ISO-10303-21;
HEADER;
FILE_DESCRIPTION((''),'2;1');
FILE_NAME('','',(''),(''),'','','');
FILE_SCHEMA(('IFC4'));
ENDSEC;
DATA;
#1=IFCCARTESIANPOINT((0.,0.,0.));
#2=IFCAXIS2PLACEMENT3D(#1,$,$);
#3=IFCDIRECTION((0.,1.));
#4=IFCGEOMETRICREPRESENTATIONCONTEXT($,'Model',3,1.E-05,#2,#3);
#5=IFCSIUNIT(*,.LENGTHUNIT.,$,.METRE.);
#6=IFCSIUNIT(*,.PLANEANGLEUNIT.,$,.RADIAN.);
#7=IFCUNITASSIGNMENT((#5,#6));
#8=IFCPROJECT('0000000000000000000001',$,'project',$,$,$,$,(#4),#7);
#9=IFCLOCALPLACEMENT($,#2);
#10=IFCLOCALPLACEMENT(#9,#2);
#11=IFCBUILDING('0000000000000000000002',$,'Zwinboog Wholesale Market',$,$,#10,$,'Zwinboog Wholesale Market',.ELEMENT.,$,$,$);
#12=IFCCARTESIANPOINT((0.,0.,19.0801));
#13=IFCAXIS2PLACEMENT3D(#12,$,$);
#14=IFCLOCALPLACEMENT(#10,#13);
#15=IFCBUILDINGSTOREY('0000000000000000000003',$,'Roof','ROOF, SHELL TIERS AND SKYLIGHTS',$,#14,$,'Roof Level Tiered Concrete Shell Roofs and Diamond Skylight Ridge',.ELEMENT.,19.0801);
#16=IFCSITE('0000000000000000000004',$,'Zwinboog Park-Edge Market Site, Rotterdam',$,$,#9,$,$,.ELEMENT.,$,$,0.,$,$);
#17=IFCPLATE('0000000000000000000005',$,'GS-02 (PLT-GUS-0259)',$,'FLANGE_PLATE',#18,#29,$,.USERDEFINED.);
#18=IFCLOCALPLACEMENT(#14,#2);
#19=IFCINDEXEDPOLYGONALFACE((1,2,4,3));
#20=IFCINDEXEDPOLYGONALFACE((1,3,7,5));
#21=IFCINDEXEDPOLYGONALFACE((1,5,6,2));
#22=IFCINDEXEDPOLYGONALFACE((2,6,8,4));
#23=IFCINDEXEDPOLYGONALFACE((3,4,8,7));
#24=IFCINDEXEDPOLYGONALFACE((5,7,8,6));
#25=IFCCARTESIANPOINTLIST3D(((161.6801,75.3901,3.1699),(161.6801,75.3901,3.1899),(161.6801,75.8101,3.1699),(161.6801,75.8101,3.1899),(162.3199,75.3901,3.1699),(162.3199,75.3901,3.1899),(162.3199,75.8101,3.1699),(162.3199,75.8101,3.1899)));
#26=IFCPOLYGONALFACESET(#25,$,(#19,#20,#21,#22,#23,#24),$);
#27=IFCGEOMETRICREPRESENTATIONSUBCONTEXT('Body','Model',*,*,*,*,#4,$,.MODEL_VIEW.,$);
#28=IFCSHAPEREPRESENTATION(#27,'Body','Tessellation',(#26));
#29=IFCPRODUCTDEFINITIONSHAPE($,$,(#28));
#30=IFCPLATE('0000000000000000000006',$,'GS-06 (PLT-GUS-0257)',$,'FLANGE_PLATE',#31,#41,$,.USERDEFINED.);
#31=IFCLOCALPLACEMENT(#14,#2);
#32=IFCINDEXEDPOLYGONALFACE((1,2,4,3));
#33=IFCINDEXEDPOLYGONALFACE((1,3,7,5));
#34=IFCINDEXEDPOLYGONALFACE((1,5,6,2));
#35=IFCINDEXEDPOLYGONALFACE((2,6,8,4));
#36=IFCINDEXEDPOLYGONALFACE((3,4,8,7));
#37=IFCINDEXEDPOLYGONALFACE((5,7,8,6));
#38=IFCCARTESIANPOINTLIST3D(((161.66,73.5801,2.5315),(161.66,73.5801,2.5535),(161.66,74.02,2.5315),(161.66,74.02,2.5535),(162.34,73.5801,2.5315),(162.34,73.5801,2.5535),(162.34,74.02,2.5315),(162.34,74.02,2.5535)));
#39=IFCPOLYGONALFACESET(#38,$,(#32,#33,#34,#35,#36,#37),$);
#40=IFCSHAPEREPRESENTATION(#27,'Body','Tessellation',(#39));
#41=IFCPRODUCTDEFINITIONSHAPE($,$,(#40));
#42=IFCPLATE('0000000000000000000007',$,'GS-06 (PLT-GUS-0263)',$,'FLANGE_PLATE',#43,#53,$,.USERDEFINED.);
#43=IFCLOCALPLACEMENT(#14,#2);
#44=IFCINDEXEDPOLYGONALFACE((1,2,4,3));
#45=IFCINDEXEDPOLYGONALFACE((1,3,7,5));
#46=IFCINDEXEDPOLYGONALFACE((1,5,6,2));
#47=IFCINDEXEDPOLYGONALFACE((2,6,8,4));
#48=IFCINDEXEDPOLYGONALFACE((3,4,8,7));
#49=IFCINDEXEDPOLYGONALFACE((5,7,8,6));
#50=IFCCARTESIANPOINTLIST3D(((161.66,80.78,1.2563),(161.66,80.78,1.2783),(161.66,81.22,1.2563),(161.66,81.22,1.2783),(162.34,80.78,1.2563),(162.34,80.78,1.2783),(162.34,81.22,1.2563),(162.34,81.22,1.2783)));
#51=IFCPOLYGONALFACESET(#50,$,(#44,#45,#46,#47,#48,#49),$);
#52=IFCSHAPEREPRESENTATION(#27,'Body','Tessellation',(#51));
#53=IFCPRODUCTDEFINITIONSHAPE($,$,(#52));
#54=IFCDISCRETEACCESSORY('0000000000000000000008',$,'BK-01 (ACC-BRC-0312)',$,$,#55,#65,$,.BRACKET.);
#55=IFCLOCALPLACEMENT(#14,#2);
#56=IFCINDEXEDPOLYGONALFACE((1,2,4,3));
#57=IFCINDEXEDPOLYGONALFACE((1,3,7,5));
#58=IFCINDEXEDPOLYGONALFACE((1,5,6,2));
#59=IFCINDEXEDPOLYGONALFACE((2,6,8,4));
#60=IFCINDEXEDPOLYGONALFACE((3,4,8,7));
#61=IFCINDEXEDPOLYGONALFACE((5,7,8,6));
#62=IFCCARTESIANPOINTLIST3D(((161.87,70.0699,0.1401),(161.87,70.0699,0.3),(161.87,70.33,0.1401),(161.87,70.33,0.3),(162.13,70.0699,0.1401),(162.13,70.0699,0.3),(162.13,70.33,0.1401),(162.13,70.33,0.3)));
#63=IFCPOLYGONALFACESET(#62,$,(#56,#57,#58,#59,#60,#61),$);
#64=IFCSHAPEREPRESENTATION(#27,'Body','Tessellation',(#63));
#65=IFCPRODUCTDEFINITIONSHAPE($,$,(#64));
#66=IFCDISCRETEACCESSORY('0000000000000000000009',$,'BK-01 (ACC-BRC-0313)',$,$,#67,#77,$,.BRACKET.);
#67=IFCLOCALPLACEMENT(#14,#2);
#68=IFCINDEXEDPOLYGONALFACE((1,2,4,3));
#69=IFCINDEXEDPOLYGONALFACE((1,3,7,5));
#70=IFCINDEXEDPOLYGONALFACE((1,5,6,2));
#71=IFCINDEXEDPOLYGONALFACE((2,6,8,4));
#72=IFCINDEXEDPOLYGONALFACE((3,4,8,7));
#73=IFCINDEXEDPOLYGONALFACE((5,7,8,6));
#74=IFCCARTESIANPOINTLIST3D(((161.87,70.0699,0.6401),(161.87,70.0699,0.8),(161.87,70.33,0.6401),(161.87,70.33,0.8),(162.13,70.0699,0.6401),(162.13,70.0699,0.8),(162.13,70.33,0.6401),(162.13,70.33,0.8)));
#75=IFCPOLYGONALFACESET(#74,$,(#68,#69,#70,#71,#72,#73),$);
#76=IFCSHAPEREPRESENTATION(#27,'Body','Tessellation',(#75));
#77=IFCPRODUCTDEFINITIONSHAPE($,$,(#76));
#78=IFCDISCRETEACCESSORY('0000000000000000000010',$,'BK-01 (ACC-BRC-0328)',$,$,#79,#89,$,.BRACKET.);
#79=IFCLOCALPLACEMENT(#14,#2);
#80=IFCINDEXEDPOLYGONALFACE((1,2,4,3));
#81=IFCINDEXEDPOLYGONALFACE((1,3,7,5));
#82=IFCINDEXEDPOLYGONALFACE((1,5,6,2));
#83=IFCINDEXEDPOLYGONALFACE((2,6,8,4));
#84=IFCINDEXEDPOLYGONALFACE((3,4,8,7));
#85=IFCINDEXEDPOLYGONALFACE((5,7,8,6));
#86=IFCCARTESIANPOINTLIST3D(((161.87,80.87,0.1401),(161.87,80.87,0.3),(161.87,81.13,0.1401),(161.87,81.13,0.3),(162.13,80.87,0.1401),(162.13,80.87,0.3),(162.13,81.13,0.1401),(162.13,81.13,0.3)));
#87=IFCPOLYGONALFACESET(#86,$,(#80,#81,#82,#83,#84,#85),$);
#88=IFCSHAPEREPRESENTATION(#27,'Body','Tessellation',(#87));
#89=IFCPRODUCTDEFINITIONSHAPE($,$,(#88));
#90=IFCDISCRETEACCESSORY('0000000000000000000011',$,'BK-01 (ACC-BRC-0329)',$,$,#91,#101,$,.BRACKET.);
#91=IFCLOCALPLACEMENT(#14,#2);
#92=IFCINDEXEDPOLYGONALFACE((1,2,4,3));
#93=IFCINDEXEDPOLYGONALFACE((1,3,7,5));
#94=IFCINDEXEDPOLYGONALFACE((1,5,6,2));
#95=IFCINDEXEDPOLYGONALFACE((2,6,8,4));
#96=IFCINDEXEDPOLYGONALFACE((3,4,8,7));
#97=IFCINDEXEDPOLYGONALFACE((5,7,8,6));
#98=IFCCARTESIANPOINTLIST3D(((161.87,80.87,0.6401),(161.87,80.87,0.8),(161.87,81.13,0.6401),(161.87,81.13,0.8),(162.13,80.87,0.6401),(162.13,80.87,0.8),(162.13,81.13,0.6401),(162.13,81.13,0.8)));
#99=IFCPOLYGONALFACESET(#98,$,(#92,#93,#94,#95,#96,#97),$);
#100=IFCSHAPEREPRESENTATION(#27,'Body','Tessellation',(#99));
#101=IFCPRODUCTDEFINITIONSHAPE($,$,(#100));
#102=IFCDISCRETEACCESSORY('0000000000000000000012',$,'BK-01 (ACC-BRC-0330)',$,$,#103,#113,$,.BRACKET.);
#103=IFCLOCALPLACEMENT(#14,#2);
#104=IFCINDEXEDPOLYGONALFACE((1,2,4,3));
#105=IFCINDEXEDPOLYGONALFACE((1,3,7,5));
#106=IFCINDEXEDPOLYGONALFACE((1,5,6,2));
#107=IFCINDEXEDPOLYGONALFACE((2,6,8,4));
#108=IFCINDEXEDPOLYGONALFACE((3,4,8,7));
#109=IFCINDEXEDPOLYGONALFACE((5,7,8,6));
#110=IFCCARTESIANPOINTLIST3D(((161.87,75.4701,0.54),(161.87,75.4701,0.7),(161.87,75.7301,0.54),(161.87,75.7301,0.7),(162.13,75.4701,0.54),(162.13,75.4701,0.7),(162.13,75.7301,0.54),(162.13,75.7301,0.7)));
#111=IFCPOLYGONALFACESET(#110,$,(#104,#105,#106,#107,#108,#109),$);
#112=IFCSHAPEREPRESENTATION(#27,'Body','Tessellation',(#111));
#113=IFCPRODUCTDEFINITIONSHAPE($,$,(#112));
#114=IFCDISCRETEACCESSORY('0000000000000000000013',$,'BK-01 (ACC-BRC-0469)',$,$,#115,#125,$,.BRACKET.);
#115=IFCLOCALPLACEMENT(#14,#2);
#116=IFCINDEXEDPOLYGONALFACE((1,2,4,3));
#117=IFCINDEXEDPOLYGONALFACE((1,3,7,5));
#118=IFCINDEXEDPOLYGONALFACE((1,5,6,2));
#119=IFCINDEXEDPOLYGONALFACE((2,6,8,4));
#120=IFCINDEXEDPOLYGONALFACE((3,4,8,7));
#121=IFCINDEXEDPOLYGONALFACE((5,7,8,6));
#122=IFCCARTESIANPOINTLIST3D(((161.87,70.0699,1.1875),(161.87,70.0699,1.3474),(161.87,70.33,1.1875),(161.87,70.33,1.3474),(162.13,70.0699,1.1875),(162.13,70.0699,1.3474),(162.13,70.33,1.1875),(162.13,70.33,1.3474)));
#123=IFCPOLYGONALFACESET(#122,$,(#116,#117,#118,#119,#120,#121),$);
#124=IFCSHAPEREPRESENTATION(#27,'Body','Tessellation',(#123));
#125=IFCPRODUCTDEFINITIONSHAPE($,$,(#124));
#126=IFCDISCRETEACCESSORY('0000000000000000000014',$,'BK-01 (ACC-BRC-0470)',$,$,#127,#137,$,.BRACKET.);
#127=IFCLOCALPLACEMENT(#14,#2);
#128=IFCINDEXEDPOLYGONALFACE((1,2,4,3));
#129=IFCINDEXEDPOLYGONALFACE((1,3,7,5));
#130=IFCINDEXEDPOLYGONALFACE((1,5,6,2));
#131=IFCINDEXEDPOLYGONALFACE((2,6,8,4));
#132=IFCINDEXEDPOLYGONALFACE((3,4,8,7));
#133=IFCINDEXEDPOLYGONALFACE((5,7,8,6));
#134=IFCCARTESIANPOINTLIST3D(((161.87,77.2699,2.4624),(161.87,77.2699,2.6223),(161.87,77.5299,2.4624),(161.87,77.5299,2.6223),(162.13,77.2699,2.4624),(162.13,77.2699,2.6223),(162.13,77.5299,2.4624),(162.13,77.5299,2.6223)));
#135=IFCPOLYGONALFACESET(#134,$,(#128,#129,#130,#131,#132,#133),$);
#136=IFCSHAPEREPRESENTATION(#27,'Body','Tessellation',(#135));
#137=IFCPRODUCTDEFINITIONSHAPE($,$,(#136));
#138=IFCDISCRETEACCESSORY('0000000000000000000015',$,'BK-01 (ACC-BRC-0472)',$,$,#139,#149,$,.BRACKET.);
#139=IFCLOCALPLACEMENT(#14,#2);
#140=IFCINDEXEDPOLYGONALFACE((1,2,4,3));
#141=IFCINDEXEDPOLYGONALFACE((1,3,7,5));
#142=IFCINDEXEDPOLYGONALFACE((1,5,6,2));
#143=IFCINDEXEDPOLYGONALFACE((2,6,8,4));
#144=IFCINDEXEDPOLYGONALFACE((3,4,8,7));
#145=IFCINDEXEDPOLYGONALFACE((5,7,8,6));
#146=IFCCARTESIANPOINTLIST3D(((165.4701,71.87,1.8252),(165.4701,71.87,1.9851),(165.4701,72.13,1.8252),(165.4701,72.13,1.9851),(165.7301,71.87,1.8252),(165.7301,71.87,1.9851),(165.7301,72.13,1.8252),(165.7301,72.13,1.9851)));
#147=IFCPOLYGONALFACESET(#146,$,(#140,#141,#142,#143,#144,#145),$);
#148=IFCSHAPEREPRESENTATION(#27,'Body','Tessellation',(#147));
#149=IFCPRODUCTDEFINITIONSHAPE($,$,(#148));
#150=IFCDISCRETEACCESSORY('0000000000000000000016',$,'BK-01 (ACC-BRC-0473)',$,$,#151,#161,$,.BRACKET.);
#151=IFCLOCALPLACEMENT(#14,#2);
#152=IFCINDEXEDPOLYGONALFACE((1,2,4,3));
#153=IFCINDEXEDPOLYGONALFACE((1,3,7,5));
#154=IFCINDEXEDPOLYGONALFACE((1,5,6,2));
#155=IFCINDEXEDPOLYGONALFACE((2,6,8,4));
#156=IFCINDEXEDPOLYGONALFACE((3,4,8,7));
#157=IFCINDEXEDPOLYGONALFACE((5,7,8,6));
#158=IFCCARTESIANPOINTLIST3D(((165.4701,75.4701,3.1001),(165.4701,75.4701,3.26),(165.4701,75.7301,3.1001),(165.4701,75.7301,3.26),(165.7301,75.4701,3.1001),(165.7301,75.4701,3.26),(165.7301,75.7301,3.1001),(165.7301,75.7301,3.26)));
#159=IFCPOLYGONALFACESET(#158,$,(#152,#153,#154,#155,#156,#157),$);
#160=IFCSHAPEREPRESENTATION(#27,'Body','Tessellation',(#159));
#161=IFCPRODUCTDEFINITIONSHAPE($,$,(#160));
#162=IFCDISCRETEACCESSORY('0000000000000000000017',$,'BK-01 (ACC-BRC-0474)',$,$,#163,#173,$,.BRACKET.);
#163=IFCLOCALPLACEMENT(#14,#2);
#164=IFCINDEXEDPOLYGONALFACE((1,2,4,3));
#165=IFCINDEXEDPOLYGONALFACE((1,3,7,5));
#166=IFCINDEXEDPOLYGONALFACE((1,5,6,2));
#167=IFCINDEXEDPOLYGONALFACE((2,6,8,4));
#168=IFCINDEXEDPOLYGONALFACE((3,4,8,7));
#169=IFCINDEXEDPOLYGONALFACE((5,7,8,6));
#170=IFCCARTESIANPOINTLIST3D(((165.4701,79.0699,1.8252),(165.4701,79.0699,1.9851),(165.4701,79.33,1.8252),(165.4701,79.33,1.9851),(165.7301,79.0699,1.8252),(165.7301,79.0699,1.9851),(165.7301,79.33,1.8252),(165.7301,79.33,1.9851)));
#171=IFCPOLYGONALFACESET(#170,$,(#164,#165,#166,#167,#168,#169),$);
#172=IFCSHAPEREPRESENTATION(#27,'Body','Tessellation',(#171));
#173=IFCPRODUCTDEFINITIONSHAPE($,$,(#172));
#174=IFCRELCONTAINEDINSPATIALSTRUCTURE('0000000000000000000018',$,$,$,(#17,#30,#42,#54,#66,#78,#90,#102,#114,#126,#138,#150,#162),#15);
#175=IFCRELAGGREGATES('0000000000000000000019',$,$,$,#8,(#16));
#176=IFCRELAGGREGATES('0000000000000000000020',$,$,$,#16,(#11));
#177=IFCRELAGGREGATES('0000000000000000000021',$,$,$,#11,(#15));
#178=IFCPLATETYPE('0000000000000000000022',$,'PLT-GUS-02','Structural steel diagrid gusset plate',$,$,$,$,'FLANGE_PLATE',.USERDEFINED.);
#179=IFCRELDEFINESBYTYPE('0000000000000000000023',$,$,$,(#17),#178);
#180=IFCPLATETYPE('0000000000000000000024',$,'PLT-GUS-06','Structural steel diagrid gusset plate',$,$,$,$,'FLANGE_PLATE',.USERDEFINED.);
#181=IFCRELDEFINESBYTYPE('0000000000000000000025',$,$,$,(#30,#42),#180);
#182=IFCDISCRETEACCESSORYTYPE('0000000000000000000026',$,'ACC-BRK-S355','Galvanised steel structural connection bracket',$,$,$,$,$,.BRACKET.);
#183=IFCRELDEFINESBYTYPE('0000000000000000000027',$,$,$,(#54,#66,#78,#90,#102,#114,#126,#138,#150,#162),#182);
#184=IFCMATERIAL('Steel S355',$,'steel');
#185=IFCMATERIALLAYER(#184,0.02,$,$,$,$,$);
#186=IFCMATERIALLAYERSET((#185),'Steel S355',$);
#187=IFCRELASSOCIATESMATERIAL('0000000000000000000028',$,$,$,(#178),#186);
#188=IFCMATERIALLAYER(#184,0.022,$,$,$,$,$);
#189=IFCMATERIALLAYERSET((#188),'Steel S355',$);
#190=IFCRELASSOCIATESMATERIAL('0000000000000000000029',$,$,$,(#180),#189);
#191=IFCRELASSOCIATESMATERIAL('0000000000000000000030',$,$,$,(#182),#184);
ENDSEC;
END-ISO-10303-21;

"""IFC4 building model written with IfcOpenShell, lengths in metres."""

from ifc_helpers import new_model, si_unit, direction, frame, origin, origin_2d, place, context, subcontext, project, spatial, rectangle, extrude, material, layer, layer_set, type_object, element, save


model = new_model("IFC4")

# Units and contexts
model_context = context("Model", 3, precision=1e-05, world=origin(), true_north=direction((0.0, 1.0)))
body_context = subcontext(model_context, "Body", "Model", "MODEL_VIEW")
ifc_project = project(units=[si_unit("LENGTHUNIT", "METRE"), si_unit("PLANEANGLEUNIT", "RADIAN")], contexts=[model_context])

# Site, building, storey
site_placement = place(None, origin())
site = spatial("IfcSite", under=ifc_project, at=site_placement, Name="Zwinboog Park-Edge Market Site, Rotterdam", CompositionType="ELEMENT", RefElevation=0.0)
building_placement = place(site_placement, origin())
building = spatial("IfcBuilding", under=site, at=building_placement, Name="Zwinboog Wholesale Market", LongName="Zwinboog Wholesale Market", CompositionType="ELEMENT")
storey_placement = place(building_placement, frame((0.0, 0.0, 19.0801)))
storey = spatial("IfcBuildingStorey", under=building, at=storey_placement, Name="Roof", Description="ROOF, SHELL TIERS AND SKYLIGHTS", LongName="Roof Level Tiered Concrete Shell Roofs and Diamond Skylight Ridge", CompositionType="ELEMENT", Elevation=19.0801)

# Shared definitions
ifc_material_1 = material(Name="Steel S355", Category="steel")

# Plates
ifc_layer_1 = layer(ifc_material_1, 0.02)
ifc_layer_set_1 = layer_set([ifc_layer_1], Name="Steel S355")
plate_type_1 = type_object("IfcPlateType", Name="PLT-GUS-02", Description="Structural steel diagrid gusset plate", ElementType="FLANGE_PLATE", PredefinedType="USERDEFINED", material=ifc_layer_set_1)
plate_1_placement = place(storey_placement, frame((162.0, 75.6001, 3.1699), z_axis=(0.0, 0.0, 1.0), x_axis=(1.0, 0.0, 0.0)))
element("IfcPlate", 1, at=plate_1_placement, inside=storey, type_object=plate_type_1, Name="GS-02 (PLT-GUS-0259)", ObjectType="FLANGE_PLATE", PredefinedType="USERDEFINED", context=body_context, shape_type="SweptSolid", body=[
    extrude(rectangle(XDim=0.6399, YDim=0.4199, at=origin_2d()), origin(), (0.0, 0.0, 1.0), 0.02),
])
ifc_layer_2 = layer(ifc_material_1, 0.022)
ifc_layer_set_2 = layer_set([ifc_layer_2], Name="Steel S355")
plate_type_2 = type_object("IfcPlateType", Name="PLT-GUS-06", Description="Structural steel diagrid gusset plate", ElementType="FLANGE_PLATE", PredefinedType="USERDEFINED", material=ifc_layer_set_2)
for number, where, z_axis, x_axis, name in (
    (2, (162.0, 73.8, 2.5315), (0.0, 0.0, 1.0), (1.0, 0.0, 0.0), "GS-06 (PLT-GUS-0257)"),
    (3, (162.0, 81.0, 1.2563), (0.0, 0.0, 1.0), (1.0, 0.0, 0.0), "GS-06 (PLT-GUS-0263)"),
):
    element("IfcPlate", number, at=place(storey_placement, frame(where, z_axis=z_axis, x_axis=x_axis)), inside=storey, type_object=plate_type_2, Name=name, ObjectType="FLANGE_PLATE", PredefinedType="USERDEFINED", context=body_context, shape_type="SweptSolid", body=[
        extrude(rectangle(XDim=0.6799, YDim=0.4399, at=origin_2d()), origin(), (0.0, 0.0, 1.0), 0.022),
    ])

# Discrete accessories
discrete_accessory_type = type_object("IfcDiscreteAccessoryType", Name="ACC-BRK-S355", Description="Galvanised steel structural connection bracket", PredefinedType="BRACKET", material=ifc_material_1)
for number, where, z_axis, x_axis, name in (
    (4, (162.0, 70.2, 0.1401), (0.0, 0.0, 1.0), (1.0, 0.0, 0.0), "BK-01 (ACC-BRC-0312)"),
    (5, (162.0, 70.2, 0.6401), (0.0, 0.0, 1.0), (1.0, 0.0, 0.0), "BK-01 (ACC-BRC-0313)"),
    (6, (162.0, 81.0, 0.1401), (0.0, 0.0, 1.0), (1.0, 0.0, 0.0), "BK-01 (ACC-BRC-0328)"),
    (7, (162.0, 81.0, 0.6401), (0.0, 0.0, 1.0), (1.0, 0.0, 0.0), "BK-01 (ACC-BRC-0329)"),
    (8, (162.0, 75.6001, 0.54), (0.0, 0.0, 1.0), (1.0, 0.0, 0.0), "BK-01 (ACC-BRC-0330)"),
    (9, (162.0, 70.2, 1.1875), (0.0, 0.0, 1.0), (1.0, 0.0, 0.0), "BK-01 (ACC-BRC-0469)"),
    (10, (162.0, 77.3999, 2.4624), (0.0, 0.0, 1.0), (1.0, 0.0, 0.0), "BK-01 (ACC-BRC-0470)"),
    (11, (165.6001, 72.0, 1.8252), (0.0, 0.0, 1.0), (1.0, 0.0, 0.0), "BK-01 (ACC-BRC-0472)"),
    (12, (165.6001, 75.6001, 3.1001), (0.0, 0.0, 1.0), (1.0, 0.0, 0.0), "BK-01 (ACC-BRC-0473)"),
    (13, (165.6001, 79.2, 1.8252), (0.0, 0.0, 1.0), (1.0, 0.0, 0.0), "BK-01 (ACC-BRC-0474)"),
):
    element("IfcDiscreteAccessory", number, at=place(storey_placement, frame(where, z_axis=z_axis, x_axis=x_axis)), inside=storey, type_object=discrete_accessory_type, Name=name, PredefinedType="BRACKET", context=body_context, shape_type="SweptSolid", body=[
        extrude(rectangle(XDim=0.26, YDim=0.26, at=origin_2d()), origin(), (0.0, 0.0, 1.0), 0.1599),
    ])

save(model, "model.ifc")
